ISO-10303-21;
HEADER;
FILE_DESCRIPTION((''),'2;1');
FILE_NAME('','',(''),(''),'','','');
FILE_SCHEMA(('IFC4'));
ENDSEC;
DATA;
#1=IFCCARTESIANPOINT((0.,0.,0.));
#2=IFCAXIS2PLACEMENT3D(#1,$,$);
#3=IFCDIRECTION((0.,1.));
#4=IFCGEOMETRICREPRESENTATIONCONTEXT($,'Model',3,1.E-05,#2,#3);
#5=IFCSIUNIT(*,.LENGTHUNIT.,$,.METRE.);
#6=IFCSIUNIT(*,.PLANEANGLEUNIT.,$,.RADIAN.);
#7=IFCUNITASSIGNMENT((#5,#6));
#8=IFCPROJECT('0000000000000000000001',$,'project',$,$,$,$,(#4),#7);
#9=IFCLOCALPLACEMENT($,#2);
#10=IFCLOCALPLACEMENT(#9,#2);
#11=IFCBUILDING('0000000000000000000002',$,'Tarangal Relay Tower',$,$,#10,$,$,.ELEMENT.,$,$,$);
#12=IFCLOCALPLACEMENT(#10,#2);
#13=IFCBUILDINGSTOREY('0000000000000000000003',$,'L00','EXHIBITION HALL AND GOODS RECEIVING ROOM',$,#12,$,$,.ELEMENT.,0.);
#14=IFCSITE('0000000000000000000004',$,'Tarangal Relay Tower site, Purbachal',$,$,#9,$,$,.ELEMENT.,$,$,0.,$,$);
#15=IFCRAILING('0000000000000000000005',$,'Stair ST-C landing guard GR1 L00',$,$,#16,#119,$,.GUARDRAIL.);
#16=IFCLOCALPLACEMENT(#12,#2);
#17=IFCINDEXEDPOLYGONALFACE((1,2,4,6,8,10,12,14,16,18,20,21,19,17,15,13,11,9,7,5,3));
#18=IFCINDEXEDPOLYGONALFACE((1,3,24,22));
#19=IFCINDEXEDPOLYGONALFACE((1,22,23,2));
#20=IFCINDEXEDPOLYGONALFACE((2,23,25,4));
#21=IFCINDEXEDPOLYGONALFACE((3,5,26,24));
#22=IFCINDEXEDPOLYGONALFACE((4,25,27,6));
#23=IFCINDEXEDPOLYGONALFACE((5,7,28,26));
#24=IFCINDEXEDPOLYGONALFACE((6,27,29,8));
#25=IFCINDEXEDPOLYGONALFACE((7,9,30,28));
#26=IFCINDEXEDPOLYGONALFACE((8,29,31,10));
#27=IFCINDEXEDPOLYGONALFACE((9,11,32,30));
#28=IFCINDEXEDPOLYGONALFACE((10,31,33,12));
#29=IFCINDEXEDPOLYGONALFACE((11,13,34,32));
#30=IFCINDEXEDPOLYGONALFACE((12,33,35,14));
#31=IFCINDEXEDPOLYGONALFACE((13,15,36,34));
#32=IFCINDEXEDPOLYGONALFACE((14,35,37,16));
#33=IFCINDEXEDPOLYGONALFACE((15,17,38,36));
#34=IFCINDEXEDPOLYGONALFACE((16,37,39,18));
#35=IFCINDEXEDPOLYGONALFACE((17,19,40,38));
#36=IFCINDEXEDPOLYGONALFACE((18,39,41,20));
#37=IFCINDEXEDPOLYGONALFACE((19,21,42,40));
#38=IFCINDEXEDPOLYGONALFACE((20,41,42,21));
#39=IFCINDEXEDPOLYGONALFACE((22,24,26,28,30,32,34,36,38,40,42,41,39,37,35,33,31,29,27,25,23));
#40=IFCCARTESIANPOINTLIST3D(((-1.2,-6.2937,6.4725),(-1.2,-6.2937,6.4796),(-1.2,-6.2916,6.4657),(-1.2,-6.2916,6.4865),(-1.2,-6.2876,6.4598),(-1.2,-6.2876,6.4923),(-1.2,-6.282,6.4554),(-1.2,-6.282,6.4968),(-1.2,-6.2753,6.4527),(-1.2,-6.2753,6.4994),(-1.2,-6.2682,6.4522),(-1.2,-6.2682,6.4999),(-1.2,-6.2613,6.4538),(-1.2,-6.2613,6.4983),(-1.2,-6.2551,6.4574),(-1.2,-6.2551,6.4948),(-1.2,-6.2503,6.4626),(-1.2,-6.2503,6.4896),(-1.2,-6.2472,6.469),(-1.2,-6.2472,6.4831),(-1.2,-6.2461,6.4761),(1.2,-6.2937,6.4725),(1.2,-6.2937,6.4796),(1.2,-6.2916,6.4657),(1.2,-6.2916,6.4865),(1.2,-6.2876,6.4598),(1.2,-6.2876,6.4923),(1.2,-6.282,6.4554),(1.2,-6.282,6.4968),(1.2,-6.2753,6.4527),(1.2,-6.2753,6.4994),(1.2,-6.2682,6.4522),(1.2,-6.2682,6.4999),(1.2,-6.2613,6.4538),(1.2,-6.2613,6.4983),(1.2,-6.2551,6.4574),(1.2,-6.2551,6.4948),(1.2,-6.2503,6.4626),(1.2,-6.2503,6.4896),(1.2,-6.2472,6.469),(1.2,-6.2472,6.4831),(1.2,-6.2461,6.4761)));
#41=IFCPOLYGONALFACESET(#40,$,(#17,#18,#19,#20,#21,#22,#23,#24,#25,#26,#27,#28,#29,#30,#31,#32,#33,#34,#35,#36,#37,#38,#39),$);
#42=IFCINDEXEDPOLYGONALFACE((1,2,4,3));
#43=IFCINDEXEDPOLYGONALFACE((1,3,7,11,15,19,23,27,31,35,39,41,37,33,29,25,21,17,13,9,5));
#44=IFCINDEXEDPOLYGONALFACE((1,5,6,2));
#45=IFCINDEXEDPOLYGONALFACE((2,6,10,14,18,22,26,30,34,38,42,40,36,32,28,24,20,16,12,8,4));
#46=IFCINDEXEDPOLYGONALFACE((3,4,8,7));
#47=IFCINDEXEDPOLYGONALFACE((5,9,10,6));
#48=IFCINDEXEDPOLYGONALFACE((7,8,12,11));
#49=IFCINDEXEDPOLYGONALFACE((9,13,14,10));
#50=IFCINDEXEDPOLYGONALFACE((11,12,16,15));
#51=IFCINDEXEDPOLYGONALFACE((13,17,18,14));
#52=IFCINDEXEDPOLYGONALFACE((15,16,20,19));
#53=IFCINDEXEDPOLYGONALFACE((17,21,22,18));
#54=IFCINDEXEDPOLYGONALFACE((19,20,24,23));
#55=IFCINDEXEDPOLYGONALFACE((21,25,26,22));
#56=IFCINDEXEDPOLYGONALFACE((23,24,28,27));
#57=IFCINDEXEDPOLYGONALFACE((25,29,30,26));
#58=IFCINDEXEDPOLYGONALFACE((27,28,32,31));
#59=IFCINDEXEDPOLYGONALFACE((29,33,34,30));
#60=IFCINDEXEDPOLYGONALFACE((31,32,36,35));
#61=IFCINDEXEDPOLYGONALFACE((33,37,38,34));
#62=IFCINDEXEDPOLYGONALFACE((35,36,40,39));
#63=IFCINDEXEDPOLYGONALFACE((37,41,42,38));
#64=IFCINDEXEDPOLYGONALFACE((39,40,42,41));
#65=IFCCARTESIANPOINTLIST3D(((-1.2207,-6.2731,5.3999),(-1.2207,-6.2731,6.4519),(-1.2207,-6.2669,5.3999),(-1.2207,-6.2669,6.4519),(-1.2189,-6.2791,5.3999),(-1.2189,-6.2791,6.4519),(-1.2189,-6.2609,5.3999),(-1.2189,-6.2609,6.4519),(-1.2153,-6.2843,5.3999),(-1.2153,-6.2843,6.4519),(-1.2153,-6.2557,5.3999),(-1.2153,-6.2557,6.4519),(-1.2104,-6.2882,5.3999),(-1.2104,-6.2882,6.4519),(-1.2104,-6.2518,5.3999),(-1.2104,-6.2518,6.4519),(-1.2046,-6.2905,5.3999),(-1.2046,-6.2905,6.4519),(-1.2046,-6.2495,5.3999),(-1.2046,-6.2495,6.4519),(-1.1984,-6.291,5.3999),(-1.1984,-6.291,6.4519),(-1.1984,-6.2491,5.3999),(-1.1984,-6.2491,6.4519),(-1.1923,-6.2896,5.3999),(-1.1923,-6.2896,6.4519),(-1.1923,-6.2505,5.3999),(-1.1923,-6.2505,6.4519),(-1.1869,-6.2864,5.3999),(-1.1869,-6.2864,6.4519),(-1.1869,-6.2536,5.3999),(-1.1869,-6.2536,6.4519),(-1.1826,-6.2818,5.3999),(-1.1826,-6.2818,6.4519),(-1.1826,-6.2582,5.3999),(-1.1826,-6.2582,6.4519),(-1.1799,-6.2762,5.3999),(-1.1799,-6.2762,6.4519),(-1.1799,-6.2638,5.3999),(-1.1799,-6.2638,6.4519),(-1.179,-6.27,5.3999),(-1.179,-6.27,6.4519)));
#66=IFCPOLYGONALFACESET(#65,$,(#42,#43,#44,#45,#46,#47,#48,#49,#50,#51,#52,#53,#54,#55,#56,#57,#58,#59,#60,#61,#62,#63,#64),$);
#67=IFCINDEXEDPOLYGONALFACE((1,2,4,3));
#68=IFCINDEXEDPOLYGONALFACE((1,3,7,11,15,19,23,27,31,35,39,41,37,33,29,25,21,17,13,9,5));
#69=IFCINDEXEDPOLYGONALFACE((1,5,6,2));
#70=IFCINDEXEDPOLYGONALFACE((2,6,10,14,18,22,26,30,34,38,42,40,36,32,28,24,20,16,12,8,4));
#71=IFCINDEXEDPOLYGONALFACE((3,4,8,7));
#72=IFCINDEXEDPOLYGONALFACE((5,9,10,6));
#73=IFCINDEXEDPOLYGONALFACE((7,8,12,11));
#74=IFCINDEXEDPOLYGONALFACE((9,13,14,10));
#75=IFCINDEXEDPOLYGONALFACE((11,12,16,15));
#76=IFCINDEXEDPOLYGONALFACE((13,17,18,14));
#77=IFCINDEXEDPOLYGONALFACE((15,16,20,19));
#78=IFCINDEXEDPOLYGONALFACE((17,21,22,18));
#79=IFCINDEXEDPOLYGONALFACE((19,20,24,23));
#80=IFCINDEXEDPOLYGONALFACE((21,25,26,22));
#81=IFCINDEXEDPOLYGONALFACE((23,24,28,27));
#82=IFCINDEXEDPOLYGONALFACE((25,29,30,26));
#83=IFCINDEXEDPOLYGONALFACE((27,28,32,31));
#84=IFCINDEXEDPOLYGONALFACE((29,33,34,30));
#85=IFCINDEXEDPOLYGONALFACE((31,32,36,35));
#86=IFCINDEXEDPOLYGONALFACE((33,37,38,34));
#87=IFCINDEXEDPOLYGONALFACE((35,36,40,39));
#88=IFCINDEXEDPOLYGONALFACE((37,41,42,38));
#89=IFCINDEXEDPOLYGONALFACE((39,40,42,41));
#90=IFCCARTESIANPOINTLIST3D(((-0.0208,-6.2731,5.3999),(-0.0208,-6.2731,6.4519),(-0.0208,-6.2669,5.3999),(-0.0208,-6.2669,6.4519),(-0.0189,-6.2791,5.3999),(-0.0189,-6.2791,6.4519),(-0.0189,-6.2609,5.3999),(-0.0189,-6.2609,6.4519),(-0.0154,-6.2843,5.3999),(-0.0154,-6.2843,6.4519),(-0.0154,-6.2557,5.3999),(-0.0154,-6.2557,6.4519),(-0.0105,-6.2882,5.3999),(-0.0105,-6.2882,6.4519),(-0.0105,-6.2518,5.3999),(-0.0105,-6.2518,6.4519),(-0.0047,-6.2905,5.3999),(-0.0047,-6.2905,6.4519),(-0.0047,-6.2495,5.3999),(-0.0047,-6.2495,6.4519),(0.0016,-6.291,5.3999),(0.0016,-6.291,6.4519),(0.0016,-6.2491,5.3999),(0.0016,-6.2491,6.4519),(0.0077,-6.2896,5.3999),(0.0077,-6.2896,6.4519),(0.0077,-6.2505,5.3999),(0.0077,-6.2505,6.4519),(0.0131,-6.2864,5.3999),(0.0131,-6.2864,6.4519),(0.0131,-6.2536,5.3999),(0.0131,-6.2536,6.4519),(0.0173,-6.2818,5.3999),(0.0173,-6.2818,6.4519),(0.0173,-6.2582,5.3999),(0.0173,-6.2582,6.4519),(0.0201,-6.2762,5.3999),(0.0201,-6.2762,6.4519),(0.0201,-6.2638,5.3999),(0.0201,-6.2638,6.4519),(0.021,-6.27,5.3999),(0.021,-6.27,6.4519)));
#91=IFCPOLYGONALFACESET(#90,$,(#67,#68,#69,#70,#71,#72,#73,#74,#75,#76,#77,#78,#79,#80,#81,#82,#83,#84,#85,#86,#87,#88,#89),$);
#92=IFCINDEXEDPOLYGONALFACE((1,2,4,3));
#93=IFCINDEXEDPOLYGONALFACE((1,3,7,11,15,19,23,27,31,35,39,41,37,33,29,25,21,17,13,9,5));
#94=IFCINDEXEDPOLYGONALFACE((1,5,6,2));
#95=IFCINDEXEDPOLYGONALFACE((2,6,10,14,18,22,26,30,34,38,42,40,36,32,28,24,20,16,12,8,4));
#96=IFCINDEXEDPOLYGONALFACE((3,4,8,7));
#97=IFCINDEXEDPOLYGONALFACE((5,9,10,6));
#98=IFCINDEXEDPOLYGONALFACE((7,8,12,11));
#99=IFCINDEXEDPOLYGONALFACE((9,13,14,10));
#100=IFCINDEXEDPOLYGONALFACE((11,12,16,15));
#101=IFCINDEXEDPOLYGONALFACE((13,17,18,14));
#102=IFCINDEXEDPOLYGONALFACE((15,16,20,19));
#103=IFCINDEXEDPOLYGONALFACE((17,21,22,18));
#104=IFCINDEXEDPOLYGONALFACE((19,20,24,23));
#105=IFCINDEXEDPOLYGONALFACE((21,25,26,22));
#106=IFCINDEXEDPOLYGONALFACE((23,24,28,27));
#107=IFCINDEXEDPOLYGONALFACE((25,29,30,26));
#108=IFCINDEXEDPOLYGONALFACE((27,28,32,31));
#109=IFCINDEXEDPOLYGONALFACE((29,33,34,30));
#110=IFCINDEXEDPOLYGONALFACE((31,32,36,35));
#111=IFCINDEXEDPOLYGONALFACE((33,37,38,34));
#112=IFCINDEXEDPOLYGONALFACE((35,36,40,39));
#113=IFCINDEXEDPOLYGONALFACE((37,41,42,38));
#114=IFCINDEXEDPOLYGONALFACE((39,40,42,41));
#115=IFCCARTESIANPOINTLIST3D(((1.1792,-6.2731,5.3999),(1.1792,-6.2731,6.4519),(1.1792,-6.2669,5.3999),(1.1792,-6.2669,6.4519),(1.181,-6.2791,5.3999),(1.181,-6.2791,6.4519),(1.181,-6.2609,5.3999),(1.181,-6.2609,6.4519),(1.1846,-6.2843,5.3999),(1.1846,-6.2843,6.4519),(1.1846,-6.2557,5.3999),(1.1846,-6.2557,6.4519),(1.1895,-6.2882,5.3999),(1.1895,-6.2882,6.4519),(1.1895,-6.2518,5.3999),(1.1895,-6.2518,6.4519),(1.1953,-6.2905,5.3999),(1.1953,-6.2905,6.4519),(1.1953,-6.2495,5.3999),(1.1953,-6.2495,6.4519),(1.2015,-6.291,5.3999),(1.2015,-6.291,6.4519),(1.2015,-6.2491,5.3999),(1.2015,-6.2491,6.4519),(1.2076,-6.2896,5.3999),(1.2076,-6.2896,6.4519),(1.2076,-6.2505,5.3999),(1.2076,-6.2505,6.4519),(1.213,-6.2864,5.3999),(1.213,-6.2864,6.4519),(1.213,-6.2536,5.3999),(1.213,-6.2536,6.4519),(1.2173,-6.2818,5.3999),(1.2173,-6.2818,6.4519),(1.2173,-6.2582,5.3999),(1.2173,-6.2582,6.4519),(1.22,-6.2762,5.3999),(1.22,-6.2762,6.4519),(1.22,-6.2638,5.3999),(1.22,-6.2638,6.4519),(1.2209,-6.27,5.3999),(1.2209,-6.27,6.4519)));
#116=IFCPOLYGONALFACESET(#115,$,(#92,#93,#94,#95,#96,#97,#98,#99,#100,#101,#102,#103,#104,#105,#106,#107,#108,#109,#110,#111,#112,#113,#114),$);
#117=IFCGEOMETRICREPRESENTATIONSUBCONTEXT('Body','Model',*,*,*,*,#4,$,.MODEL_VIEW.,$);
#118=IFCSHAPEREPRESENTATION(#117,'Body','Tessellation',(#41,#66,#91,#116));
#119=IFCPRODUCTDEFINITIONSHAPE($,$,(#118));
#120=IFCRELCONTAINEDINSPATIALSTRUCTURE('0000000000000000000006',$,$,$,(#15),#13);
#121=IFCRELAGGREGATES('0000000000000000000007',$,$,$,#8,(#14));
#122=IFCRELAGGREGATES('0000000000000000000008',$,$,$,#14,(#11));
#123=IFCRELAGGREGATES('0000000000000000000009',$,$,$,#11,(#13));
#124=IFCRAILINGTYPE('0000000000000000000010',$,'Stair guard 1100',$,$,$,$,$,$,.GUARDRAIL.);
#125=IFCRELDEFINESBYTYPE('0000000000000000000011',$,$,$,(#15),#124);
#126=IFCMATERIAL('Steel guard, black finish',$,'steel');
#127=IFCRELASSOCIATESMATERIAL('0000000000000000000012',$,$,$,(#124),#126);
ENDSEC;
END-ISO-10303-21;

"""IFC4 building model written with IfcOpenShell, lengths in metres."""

from ifc_helpers import new_model, si_unit, direction, frame, origin, origin_2d, place, context, subcontext, project, spatial, circle, extrude, material, type_object, element, save


model = new_model("IFC4")

# Units and contexts
model_context = context("Model", 3, precision=1e-05, world=origin(), true_north=direction((0.0, 1.0)))
body_context = subcontext(model_context, "Body", "Model", "MODEL_VIEW")
ifc_project = project(units=[si_unit("LENGTHUNIT", "METRE"), si_unit("PLANEANGLEUNIT", "RADIAN")], contexts=[model_context])

# Site, building, storey
site_placement = place(None, origin())
site = spatial("IfcSite", under=ifc_project, at=site_placement, Name="Tarangal Relay Tower site, Purbachal", CompositionType="ELEMENT", RefElevation=0.0)
building_placement = place(site_placement, origin())
building = spatial("IfcBuilding", under=site, at=building_placement, Name="Tarangal Relay Tower", CompositionType="ELEMENT")
storey_placement = place(building_placement, origin())
storey = spatial("IfcBuildingStorey", under=building, at=storey_placement, Name="L00", Description="EXHIBITION HALL AND GOODS RECEIVING ROOM", CompositionType="ELEMENT", Elevation=0.0)

# Railing
ifc_material_1 = material(Name="Steel guard, black finish", Category="steel")
railing_type_1 = type_object("IfcRailingType", Name="Stair guard 1100", PredefinedType="GUARDRAIL", material=ifc_material_1)
for number, where, name in (
    (1, (-1.2, -6.27, 5.3999), "Stair ST-C landing guard GR1 L00"),
):
    element("IfcRailing", number, at=place(storey_placement, frame(where)), inside=storey, type_object=railing_type_1, Name=name, PredefinedType="GUARDRAIL", context=body_context, shape_type="SweptSolid", body=[
        extrude(circle(Radius=0.0239, at=origin_2d()), frame((0.0, 0.0, 1.0762), z_axis=(1.0, 0.0, 0.0), x_axis=(0.0, 1.0, 0.0)), (0.0, 0.0, 1.0), 2.3999),
        extrude(circle(Radius=0.021, at=origin_2d()), origin(), (0.0, 0.0, 1.0), 1.052),
        extrude(circle(Radius=0.021, at=origin_2d()), frame((1.2, 0.0, 0.0)), (0.0, 0.0, 1.0), 1.052),
        extrude(circle(Radius=0.021, at=origin_2d()), frame((2.3999, 0.0, 0.0)), (0.0, 0.0, 1.0), 1.052),
    ])

save(model, "model.ifc")
